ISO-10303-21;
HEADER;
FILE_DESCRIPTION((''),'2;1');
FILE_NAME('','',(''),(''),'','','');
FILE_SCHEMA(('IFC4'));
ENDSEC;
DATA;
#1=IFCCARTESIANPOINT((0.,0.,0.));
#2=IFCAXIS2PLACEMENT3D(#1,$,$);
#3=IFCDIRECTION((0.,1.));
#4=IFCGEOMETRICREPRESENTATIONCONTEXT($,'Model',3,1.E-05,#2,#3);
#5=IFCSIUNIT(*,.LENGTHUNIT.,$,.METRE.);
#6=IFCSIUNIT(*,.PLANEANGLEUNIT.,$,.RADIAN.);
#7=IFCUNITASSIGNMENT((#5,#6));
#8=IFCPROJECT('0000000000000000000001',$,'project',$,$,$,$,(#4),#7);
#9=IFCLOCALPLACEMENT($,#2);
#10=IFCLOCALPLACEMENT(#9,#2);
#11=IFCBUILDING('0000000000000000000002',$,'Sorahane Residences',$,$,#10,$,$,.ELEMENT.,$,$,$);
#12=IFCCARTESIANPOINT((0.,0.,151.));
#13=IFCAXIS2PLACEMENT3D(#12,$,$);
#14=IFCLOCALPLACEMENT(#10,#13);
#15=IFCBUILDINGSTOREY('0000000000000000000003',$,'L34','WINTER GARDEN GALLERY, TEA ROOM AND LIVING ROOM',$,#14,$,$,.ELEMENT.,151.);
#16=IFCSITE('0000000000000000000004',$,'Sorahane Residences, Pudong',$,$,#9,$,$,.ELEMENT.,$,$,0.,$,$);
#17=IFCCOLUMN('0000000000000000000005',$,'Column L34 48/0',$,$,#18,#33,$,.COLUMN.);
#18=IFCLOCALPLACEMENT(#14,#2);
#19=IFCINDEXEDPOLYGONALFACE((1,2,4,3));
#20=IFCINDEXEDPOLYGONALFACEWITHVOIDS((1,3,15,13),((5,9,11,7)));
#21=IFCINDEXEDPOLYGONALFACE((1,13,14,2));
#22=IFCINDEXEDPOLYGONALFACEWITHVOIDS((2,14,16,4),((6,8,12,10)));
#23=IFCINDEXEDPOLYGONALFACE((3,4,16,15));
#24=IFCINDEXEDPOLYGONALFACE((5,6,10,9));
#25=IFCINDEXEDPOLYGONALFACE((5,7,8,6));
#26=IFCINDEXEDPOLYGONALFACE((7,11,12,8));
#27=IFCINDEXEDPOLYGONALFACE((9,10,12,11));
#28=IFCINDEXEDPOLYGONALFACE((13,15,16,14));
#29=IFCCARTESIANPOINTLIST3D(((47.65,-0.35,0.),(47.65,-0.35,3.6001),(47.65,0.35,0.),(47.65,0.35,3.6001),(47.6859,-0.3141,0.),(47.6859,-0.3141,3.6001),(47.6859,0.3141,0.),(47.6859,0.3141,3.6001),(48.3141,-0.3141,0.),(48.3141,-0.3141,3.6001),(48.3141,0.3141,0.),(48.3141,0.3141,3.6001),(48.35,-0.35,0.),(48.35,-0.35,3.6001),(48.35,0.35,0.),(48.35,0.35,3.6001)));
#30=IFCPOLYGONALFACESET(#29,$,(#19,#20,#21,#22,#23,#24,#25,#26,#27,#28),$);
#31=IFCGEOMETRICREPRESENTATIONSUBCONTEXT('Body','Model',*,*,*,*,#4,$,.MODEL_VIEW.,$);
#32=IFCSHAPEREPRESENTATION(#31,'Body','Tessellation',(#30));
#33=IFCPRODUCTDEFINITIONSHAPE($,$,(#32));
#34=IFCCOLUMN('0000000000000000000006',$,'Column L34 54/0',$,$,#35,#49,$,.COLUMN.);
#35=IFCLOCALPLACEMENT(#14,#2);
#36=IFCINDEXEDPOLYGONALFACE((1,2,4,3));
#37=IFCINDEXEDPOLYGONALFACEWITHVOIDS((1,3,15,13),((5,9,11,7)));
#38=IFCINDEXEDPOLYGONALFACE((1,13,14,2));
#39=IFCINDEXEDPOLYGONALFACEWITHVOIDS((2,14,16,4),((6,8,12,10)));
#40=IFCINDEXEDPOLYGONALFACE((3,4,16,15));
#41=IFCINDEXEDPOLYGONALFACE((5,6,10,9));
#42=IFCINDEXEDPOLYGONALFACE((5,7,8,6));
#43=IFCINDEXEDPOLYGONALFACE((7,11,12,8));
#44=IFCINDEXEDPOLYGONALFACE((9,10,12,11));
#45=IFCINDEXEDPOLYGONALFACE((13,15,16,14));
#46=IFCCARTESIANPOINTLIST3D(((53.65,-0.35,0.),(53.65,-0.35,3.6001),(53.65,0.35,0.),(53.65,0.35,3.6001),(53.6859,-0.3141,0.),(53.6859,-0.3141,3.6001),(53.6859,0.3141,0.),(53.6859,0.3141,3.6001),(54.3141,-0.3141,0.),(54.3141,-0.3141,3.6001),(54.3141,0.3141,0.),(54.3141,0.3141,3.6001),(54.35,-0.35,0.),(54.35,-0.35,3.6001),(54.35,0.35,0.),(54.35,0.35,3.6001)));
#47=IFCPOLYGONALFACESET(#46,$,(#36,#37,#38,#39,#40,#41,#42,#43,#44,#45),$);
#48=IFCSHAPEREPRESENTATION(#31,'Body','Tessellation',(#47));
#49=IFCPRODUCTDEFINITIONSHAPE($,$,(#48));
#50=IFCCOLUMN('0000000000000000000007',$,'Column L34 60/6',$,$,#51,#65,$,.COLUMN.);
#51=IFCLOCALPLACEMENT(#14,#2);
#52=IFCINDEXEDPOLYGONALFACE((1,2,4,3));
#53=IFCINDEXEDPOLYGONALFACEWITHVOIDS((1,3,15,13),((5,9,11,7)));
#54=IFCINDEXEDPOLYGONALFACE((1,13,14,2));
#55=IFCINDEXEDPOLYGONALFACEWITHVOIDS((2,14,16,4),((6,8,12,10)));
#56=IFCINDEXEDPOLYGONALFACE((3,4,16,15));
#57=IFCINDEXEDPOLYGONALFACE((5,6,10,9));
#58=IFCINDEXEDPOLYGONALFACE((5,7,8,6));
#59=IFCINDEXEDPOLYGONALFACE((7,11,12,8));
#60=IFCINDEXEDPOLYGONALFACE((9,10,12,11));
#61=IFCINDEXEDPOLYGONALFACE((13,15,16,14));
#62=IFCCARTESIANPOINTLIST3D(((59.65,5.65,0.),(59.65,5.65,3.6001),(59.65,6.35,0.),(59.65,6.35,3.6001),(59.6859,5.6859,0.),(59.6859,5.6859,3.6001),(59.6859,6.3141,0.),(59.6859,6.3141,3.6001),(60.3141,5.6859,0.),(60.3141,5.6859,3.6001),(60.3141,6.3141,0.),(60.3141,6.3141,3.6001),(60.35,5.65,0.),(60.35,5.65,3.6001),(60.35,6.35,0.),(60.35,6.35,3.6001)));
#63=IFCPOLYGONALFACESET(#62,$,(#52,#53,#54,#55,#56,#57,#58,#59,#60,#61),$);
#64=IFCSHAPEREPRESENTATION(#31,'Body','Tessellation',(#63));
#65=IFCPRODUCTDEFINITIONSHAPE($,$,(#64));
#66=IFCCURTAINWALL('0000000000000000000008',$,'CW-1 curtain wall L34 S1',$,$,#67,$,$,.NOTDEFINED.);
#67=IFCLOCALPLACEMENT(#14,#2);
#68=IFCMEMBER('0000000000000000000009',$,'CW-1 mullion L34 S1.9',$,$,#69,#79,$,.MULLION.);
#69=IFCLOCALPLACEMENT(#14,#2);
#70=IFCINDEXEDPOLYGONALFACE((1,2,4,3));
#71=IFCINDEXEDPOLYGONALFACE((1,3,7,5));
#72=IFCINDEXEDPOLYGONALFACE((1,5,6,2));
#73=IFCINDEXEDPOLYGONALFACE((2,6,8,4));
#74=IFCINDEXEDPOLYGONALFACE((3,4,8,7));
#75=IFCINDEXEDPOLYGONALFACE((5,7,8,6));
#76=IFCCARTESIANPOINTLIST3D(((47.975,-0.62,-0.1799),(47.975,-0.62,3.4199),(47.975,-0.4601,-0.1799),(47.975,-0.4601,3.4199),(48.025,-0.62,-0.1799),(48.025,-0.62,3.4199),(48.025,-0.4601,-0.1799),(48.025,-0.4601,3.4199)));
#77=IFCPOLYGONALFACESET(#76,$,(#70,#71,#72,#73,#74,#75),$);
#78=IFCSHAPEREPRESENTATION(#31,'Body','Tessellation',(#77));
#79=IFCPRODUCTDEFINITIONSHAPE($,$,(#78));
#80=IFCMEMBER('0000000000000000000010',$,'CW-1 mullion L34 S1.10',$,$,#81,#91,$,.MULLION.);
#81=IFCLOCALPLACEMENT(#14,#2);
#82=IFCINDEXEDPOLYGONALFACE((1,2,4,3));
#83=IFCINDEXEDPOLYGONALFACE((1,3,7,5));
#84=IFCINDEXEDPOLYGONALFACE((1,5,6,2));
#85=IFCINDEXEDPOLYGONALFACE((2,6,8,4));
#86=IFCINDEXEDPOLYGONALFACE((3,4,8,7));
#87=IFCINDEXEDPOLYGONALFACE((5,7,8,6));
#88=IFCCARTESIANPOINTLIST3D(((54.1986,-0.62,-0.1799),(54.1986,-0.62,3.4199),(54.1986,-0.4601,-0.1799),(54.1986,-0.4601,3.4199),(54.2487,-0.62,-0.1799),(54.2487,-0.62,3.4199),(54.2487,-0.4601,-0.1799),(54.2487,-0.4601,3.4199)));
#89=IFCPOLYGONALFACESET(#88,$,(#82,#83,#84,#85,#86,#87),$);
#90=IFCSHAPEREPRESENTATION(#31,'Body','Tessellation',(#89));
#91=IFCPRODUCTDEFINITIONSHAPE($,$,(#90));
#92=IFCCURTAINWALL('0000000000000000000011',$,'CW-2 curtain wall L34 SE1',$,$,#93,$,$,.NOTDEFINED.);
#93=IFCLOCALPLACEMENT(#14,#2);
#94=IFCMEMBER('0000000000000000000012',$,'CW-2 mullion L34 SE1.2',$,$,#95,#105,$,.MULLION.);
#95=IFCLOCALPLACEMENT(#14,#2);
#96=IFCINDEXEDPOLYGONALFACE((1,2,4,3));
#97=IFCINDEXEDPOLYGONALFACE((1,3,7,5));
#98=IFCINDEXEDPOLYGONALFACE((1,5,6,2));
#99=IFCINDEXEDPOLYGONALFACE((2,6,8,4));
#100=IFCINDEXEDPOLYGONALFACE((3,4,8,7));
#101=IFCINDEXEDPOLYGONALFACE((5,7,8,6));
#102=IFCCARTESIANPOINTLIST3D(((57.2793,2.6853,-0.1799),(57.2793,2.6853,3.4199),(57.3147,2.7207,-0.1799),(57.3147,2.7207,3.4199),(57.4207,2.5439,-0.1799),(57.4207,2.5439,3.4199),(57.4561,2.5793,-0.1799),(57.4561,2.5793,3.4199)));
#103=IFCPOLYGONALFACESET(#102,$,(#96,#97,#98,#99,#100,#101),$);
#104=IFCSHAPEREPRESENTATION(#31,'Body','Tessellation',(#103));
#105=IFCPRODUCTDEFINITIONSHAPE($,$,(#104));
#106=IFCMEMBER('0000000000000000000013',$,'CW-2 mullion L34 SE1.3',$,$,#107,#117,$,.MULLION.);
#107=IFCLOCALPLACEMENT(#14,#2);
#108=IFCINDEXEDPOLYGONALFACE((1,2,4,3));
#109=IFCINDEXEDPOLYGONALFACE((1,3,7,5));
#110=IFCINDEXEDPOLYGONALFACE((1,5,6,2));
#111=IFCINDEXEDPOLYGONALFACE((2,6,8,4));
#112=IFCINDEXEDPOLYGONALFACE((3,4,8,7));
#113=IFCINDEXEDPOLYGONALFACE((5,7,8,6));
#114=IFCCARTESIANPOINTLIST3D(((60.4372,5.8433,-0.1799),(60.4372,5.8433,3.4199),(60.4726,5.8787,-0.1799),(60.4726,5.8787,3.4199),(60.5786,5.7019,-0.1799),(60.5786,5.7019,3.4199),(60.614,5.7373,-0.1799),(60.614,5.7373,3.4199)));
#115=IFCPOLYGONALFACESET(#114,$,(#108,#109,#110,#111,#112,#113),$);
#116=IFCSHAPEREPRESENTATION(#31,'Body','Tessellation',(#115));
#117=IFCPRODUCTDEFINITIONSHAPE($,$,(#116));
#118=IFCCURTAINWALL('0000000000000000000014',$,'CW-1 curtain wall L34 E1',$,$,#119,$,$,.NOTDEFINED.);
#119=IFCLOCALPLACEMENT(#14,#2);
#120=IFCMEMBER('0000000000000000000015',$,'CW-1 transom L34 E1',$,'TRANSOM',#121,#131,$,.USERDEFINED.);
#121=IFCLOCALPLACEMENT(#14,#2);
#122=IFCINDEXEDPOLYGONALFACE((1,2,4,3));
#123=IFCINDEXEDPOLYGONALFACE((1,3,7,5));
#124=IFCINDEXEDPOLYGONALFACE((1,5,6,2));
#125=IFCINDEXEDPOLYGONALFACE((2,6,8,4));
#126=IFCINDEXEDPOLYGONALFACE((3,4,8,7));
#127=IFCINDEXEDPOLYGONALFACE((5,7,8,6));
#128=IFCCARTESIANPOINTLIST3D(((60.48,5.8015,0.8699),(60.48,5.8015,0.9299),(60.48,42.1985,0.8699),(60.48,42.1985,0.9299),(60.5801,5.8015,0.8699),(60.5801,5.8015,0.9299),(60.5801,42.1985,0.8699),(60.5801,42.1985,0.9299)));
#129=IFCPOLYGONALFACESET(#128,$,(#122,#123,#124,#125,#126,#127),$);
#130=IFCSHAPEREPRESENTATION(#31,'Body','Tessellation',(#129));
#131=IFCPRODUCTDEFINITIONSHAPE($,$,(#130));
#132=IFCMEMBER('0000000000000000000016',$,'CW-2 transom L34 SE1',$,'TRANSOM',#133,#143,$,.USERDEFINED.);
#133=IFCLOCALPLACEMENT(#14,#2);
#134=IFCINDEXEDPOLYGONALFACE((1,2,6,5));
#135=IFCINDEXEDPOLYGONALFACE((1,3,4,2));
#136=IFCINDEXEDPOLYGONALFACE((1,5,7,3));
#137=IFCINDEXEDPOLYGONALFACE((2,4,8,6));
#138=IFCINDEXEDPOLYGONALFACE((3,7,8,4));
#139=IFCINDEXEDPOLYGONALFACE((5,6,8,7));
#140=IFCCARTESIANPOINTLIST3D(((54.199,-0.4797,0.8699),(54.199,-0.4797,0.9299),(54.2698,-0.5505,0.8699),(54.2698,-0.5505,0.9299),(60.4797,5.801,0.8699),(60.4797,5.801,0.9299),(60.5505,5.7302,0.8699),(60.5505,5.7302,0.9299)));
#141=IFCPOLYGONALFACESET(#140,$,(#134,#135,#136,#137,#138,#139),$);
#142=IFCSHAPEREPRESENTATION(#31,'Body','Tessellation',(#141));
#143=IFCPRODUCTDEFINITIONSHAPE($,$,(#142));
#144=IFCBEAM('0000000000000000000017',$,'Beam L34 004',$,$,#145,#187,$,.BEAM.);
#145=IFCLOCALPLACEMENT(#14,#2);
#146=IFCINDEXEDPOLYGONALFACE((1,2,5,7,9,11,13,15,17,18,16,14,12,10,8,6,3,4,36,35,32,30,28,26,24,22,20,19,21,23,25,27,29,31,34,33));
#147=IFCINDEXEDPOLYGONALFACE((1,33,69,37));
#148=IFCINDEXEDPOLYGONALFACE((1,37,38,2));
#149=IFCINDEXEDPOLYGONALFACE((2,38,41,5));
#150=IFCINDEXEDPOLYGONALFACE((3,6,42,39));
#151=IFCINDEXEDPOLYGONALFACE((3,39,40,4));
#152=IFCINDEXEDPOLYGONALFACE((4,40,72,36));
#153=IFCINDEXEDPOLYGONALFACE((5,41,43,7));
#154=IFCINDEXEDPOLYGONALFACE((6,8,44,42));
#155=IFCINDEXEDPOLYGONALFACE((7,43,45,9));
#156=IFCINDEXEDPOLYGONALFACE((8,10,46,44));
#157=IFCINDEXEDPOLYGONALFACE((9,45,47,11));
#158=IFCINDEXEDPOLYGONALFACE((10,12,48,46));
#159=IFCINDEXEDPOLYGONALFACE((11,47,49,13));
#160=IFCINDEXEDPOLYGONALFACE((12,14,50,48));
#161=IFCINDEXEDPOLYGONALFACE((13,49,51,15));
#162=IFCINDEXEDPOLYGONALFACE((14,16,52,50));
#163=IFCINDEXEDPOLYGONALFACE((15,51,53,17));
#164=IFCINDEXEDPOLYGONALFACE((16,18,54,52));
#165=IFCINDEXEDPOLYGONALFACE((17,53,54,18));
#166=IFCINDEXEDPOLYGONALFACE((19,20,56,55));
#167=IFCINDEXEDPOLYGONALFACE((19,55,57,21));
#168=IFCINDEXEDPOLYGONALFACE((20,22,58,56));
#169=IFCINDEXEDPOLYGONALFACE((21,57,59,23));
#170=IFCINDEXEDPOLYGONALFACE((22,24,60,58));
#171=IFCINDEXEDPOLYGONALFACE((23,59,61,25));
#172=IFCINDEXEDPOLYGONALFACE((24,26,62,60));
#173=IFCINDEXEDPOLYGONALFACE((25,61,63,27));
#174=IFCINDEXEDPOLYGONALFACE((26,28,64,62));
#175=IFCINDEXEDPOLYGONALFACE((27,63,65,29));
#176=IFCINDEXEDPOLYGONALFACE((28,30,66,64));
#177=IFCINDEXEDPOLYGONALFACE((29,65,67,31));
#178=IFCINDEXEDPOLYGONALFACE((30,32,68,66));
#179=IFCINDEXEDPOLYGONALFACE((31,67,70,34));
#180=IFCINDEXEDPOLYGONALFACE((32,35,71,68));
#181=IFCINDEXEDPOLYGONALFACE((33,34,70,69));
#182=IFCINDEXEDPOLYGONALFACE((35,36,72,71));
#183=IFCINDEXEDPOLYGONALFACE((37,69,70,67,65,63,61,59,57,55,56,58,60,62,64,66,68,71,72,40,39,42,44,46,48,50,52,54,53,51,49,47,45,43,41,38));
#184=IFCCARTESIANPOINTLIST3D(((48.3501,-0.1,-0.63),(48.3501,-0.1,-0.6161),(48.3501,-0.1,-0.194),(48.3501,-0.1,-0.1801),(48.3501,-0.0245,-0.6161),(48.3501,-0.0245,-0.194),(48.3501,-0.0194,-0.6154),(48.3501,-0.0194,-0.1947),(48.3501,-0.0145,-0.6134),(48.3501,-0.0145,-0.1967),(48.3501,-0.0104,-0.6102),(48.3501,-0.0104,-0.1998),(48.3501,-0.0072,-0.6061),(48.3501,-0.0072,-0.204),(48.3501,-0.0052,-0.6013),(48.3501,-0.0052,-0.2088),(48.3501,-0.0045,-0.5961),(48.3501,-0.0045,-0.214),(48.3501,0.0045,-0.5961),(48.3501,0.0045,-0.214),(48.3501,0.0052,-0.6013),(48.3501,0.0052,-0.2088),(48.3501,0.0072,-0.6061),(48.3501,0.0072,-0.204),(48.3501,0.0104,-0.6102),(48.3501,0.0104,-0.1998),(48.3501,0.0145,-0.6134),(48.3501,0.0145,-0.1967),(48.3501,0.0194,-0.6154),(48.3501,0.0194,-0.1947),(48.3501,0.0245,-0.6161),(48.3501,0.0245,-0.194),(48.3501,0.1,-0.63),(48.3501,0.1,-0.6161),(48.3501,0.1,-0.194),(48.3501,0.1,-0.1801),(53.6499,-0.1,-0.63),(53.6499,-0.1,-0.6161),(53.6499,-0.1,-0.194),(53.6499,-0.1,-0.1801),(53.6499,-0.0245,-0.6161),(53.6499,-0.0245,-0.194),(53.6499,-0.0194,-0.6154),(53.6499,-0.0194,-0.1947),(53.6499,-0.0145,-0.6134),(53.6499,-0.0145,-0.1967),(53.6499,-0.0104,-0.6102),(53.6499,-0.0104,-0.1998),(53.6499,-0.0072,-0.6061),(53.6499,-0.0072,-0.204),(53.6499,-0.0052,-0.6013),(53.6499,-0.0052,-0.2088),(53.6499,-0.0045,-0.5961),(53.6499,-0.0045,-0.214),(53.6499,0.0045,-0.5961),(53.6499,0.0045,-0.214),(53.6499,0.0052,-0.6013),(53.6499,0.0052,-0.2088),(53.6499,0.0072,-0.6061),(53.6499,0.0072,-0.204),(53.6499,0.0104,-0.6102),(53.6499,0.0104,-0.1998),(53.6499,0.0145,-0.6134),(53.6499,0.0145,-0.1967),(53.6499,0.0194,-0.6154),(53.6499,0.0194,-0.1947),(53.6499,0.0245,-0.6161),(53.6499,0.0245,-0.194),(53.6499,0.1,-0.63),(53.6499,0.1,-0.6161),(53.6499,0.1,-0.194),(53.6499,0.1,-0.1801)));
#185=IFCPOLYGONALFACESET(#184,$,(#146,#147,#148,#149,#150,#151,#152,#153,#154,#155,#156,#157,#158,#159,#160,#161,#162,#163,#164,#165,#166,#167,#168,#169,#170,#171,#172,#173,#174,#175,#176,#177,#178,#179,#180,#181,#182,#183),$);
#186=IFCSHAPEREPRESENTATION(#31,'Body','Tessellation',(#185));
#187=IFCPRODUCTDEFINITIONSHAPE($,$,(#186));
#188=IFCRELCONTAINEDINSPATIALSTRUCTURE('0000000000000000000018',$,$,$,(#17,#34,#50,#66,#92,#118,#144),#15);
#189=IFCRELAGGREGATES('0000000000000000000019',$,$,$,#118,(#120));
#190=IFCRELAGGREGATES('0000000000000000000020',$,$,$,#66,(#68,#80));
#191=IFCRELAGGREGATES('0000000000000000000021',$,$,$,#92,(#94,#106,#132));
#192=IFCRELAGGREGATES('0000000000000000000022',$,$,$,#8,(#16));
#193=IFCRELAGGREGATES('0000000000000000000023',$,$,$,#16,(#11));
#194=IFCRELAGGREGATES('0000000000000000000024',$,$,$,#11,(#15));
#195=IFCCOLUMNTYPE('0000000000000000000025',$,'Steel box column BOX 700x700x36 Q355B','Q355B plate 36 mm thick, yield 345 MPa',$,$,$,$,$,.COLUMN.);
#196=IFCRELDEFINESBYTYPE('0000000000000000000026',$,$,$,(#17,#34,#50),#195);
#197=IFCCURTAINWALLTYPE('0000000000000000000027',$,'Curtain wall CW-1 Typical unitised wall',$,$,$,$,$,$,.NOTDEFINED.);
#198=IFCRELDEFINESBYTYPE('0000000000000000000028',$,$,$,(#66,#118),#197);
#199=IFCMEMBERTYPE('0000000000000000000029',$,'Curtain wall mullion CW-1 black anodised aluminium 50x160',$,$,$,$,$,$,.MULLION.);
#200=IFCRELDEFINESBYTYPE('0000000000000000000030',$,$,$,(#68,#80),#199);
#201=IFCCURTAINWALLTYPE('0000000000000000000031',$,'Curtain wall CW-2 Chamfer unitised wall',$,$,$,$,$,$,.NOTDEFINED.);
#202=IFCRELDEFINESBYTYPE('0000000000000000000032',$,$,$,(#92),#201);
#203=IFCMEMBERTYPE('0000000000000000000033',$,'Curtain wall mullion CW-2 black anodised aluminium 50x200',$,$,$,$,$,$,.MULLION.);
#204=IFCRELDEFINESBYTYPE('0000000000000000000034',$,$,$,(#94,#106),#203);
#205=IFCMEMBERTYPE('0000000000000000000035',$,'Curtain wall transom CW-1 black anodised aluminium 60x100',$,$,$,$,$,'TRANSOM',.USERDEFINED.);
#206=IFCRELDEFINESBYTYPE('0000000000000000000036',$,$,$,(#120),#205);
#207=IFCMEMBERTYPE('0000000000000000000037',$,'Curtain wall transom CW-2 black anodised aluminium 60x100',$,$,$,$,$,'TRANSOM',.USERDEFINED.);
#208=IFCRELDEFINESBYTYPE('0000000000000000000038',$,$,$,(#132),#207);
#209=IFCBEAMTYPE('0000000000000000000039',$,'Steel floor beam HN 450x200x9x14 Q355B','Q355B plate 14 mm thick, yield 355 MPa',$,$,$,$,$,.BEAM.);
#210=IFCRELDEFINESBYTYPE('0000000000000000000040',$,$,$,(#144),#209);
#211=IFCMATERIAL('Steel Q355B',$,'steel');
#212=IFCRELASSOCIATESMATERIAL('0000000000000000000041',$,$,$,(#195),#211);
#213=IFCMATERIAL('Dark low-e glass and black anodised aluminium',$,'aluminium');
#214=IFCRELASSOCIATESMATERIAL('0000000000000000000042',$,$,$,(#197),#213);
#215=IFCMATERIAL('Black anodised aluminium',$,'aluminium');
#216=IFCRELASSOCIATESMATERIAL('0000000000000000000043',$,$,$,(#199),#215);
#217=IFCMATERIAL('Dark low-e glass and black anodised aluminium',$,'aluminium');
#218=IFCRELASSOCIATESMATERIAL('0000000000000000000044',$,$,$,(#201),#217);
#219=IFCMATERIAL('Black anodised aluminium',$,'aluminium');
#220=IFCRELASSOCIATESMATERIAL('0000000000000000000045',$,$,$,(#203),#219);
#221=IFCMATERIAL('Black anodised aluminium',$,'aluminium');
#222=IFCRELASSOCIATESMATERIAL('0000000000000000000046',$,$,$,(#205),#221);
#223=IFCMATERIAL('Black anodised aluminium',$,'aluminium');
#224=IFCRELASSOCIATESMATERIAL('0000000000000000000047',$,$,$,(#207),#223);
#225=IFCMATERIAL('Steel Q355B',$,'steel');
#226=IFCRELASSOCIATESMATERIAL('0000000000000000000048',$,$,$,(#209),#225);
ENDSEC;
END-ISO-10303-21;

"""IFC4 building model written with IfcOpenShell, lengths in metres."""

from ifc_helpers import new_model, si_unit, direction, frame, origin, origin_2d, place, context, subcontext, project, spatial, rectangle, hollow_rectangle, i_section, extrude, material, material_profile, profile_set, type_object, element, aggregate, save


model = new_model("IFC4")

# Units and contexts
model_context = context("Model", 3, precision=1e-05, world=origin(), true_north=direction((0.0, 1.0)))
body_context = subcontext(model_context, "Body", "Model", "MODEL_VIEW")
ifc_project = project(units=[si_unit("LENGTHUNIT", "METRE"), si_unit("PLANEANGLEUNIT", "RADIAN")], contexts=[model_context])

# Site, building, storey
site_placement = place(None, origin())
site = spatial("IfcSite", under=ifc_project, at=site_placement, Name="Sorahane Residences, Pudong", CompositionType="ELEMENT", RefElevation=0.0)
building_placement = place(site_placement, origin())
building = spatial("IfcBuilding", under=site, at=building_placement, Name="Sorahane Residences", CompositionType="ELEMENT")
storey_placement = place(building_placement, frame((0.0, 0.0, 151.0)))
storey = spatial("IfcBuildingStorey", under=building, at=storey_placement, Name="L34", Description="WINTER GARDEN GALLERY, TEA ROOM AND LIVING ROOM", CompositionType="ELEMENT", Elevation=151.0)

# Columns
ifc_material_1 = material(Name="Steel Q355B", Category="steel")
ifc_material_profile_1 = material_profile(ifc_material_1, hollow_rectangle(XDim=0.7, YDim=0.7, WallThickness=0.0359, at=origin_2d()), Name="BOX 700x700x36")
ifc_profile_set_1 = profile_set([ifc_material_profile_1], Name="Steel Q355B")
column_type = type_object("IfcColumnType", Name="Steel box column BOX 700x700x36 Q355B", Description="Q355B plate 36 mm thick, yield 345 MPa", PredefinedType="COLUMN", material=ifc_profile_set_1)
for number, where, z_axis, x_axis, name in (
    (1, (48.0, 0.0, 0.0), (0.0, 0.0, 1.0), (1.0, 0.0, 0.0), "Column L34 48/0"),
    (2, (54.0, 0.0, 0.0), (0.0, 0.0, 1.0), (1.0, 0.0, 0.0), "Column L34 54/0"),
    (3, (60.0, 6.0, 0.0), (0.0, 0.0, 1.0), (1.0, 0.0, 0.0), "Column L34 60/6"),
):
    element("IfcColumn", number, at=place(storey_placement, frame(where, z_axis=z_axis, x_axis=x_axis)), inside=storey, type_object=column_type, Name=name, PredefinedType="COLUMN", context=body_context, shape_type="SweptSolid", body=[
        extrude(hollow_rectangle(XDim=0.7, YDim=0.7, WallThickness=0.0359, at=origin_2d()), origin(), (0.0, 0.0, 1.0), 3.6001),
    ])

# Curtain walls, members
ifc_material_2 = material(Name="Dark low-e glass and black anodised aluminium", Category="aluminium")
curtain_wall_type_1 = type_object("IfcCurtainWallType", Name="Curtain wall CW-1 Typical unitised wall", PredefinedType="NOTDEFINED", material=ifc_material_2)
curtain_wall_1_placement = place(storey_placement, origin())
curtain_wall_1 = element("IfcCurtainWall", 4, at=curtain_wall_1_placement, inside=storey, type_object=curtain_wall_type_1, Name="CW-1 curtain wall L34 S1", PredefinedType="NOTDEFINED")
ifc_material_3 = material(Name="Black anodised aluminium", Category="aluminium")
ifc_material_profile_2 = material_profile(ifc_material_3, rectangle(XDim=0.1599, YDim=0.05, at=origin_2d()), Name="Curtain wall mullion CW-1 black anodised aluminium 50x160")
ifc_profile_set_2 = profile_set([ifc_material_profile_2], Name="Black anodised aluminium")
member_type_1 = type_object("IfcMemberType", Name="Curtain wall mullion CW-1 black anodised aluminium 50x160", PredefinedType="MULLION", material=ifc_profile_set_2)
member_1_placement = place(storey_placement, frame((48.0, -0.54, -0.1799), z_axis=(0.0, 0.0, 1.0), x_axis=(0.0, -1.0, 0.0)))
member_1 = element("IfcMember", 5, at=member_1_placement, type_object=member_type_1, Name="CW-1 mullion L34 S1.9", PredefinedType="MULLION", context=body_context, shape_type="SweptSolid", body=[
    extrude(rectangle(XDim=0.1599, YDim=0.05, at=origin_2d()), origin(), (0.0, 0.0, 1.0), 3.5999),
])
member_2_placement = place(storey_placement, frame((54.2236, -0.54, -0.1799), z_axis=(0.0, 0.0, 1.0), x_axis=(0.0, -1.0, 0.0)))
member_2 = element("IfcMember", 6, at=member_2_placement, type_object=member_type_1, Name="CW-1 mullion L34 S1.10", PredefinedType="MULLION", context=body_context, shape_type="SweptSolid", body=[
    extrude(rectangle(XDim=0.1599, YDim=0.05, at=origin_2d()), origin(), (0.0, 0.0, 1.0), 3.5999),
])
ifc_material_4 = material(Name="Dark low-e glass and black anodised aluminium", Category="aluminium")
curtain_wall_type_2 = type_object("IfcCurtainWallType", Name="Curtain wall CW-2 Chamfer unitised wall", PredefinedType="NOTDEFINED", material=ifc_material_4)
curtain_wall_2_placement = place(storey_placement, origin())
curtain_wall_2 = element("IfcCurtainWall", 7, at=curtain_wall_2_placement, inside=storey, type_object=curtain_wall_type_2, Name="CW-2 curtain wall L34 SE1", PredefinedType="NOTDEFINED")
ifc_material_5 = material(Name="Black anodised aluminium", Category="aluminium")
ifc_material_profile_3 = material_profile(ifc_material_5, rectangle(XDim=0.2, YDim=0.05, at=origin_2d()), Name="Curtain wall mullion CW-2 black anodised aluminium 50x200")
ifc_profile_set_3 = profile_set([ifc_material_profile_3], Name="Black anodised aluminium")
member_type_2 = type_object("IfcMemberType", Name="Curtain wall mullion CW-2 black anodised aluminium 50x200", PredefinedType="MULLION", material=ifc_profile_set_3)
member_3_placement = place(storey_placement, frame((57.3677, 2.6323, -0.1799), z_axis=(0.0, 0.0, 1.0), x_axis=(0.707107, -0.707107, 0.0)))
member_3 = element("IfcMember", 8, at=member_3_placement, type_object=member_type_2, Name="CW-2 mullion L34 SE1.2", PredefinedType="MULLION", context=body_context, shape_type="SweptSolid", body=[
    extrude(rectangle(XDim=0.2, YDim=0.05, at=origin_2d()), origin(), (0.0, 0.0, 1.0), 3.5999),
])
member_4_placement = place(storey_placement, frame((60.5256, 5.7903, -0.1799), z_axis=(0.0, 0.0, 1.0), x_axis=(0.707107, -0.707107, 0.0)))
member_4 = element("IfcMember", 9, at=member_4_placement, type_object=member_type_2, Name="CW-2 mullion L34 SE1.3", PredefinedType="MULLION", context=body_context, shape_type="SweptSolid", body=[
    extrude(rectangle(XDim=0.2, YDim=0.05, at=origin_2d()), origin(), (0.0, 0.0, 1.0), 3.5999),
])

# Curtain wall, member
curtain_wall_3_placement = place(storey_placement, origin())
curtain_wall_3 = element("IfcCurtainWall", 10, at=curtain_wall_3_placement, inside=storey, type_object=curtain_wall_type_1, Name="CW-1 curtain wall L34 E1", PredefinedType="NOTDEFINED")
ifc_material_6 = material(Name="Black anodised aluminium", Category="aluminium")
ifc_material_profile_4 = material_profile(ifc_material_6, rectangle(XDim=0.1001, YDim=0.0601, at=origin_2d()), Name="Curtain wall transom CW-1 black anodised aluminium 60x100")
ifc_profile_set_4 = profile_set([ifc_material_profile_4], Name="Black anodised aluminium")
member_type_3 = type_object("IfcMemberType", Name="Curtain wall transom CW-1 black anodised aluminium 60x100", ElementType="TRANSOM", PredefinedType="USERDEFINED", material=ifc_profile_set_4)
member_5_placement = place(storey_placement, frame((60.53, 5.8015, 0.8999), z_axis=(0.0, 1.0, 0.0), x_axis=(-1.0, 0.0, 0.0)))
member_5 = element("IfcMember", 11, at=member_5_placement, type_object=member_type_3, Name="CW-1 transom L34 E1", ObjectType="TRANSOM", PredefinedType="USERDEFINED", context=body_context, shape_type="SweptSolid", body=[
    extrude(rectangle(XDim=0.1001, YDim=0.0601, at=origin_2d()), origin(), (0.0, 0.0, 1.0), 36.397),
])
aggregate(curtain_wall_3, [member_5])

# Member
ifc_material_7 = material(Name="Black anodised aluminium", Category="aluminium")
ifc_material_profile_5 = material_profile(ifc_material_7, rectangle(XDim=0.1001, YDim=0.0601, at=origin_2d()), Name="Curtain wall transom CW-2 black anodised aluminium 60x100")
ifc_profile_set_5 = profile_set([ifc_material_profile_5], Name="Black anodised aluminium")
member_type_4 = type_object("IfcMemberType", Name="Curtain wall transom CW-2 black anodised aluminium 60x100", ElementType="TRANSOM", PredefinedType="USERDEFINED", material=ifc_profile_set_5)
member_6_placement = place(storey_placement, frame((54.2344, -0.5151, 0.8999), z_axis=(0.707107, 0.707107, 0.0), x_axis=(-0.707107, 0.707107, 0.0)))
member_6 = element("IfcMember", 12, at=member_6_placement, type_object=member_type_4, Name="CW-2 transom L34 SE1", ObjectType="TRANSOM", PredefinedType="USERDEFINED", context=body_context, shape_type="SweptSolid", body=[
    extrude(rectangle(XDim=0.1001, YDim=0.0601, at=origin_2d()), origin(), (0.0, 0.0, 1.0), 8.8823),
])

# Beam
ifc_material_8 = material(Name="Steel Q355B", Category="steel")
ifc_material_profile_6 = material_profile(ifc_material_8, i_section(OverallWidth=0.2, OverallDepth=0.45, WebThickness=0.009, FlangeThickness=0.0139, FilletRadius=0.02, at=origin_2d()), Name="HN 450x200x9x14")
ifc_profile_set_6 = profile_set([ifc_material_profile_6], Name="Steel Q355B")
beam_type_1 = type_object("IfcBeamType", Name="Steel floor beam HN 450x200x9x14 Q355B", Description="Q355B plate 14 mm thick, yield 355 MPa", PredefinedType="BEAM", material=ifc_profile_set_6)
for number, where, z_axis, x_axis, name in (
    (13, (48.3501, 0.0, -0.405), (1.0, 0.0, 0.0), (0.0, 1.0, 0.0), "Beam L34 004"),
):
    element("IfcBeam", number, at=place(storey_placement, frame(where, z_axis=z_axis, x_axis=x_axis)), inside=storey, type_object=beam_type_1, Name=name, PredefinedType="BEAM", context=body_context, shape_type="SweptSolid", body=[
        extrude(i_section(OverallWidth=0.2, OverallDepth=0.45, WebThickness=0.009, FlangeThickness=0.0139, FilletRadius=0.02, at=origin_2d()), origin(), (0.0, 0.0, 1.0), 5.2998),
    ])

aggregate(curtain_wall_1, [member_1, member_2])
aggregate(curtain_wall_2, [member_3, member_4, member_6])

save(model, "model.ifc")
